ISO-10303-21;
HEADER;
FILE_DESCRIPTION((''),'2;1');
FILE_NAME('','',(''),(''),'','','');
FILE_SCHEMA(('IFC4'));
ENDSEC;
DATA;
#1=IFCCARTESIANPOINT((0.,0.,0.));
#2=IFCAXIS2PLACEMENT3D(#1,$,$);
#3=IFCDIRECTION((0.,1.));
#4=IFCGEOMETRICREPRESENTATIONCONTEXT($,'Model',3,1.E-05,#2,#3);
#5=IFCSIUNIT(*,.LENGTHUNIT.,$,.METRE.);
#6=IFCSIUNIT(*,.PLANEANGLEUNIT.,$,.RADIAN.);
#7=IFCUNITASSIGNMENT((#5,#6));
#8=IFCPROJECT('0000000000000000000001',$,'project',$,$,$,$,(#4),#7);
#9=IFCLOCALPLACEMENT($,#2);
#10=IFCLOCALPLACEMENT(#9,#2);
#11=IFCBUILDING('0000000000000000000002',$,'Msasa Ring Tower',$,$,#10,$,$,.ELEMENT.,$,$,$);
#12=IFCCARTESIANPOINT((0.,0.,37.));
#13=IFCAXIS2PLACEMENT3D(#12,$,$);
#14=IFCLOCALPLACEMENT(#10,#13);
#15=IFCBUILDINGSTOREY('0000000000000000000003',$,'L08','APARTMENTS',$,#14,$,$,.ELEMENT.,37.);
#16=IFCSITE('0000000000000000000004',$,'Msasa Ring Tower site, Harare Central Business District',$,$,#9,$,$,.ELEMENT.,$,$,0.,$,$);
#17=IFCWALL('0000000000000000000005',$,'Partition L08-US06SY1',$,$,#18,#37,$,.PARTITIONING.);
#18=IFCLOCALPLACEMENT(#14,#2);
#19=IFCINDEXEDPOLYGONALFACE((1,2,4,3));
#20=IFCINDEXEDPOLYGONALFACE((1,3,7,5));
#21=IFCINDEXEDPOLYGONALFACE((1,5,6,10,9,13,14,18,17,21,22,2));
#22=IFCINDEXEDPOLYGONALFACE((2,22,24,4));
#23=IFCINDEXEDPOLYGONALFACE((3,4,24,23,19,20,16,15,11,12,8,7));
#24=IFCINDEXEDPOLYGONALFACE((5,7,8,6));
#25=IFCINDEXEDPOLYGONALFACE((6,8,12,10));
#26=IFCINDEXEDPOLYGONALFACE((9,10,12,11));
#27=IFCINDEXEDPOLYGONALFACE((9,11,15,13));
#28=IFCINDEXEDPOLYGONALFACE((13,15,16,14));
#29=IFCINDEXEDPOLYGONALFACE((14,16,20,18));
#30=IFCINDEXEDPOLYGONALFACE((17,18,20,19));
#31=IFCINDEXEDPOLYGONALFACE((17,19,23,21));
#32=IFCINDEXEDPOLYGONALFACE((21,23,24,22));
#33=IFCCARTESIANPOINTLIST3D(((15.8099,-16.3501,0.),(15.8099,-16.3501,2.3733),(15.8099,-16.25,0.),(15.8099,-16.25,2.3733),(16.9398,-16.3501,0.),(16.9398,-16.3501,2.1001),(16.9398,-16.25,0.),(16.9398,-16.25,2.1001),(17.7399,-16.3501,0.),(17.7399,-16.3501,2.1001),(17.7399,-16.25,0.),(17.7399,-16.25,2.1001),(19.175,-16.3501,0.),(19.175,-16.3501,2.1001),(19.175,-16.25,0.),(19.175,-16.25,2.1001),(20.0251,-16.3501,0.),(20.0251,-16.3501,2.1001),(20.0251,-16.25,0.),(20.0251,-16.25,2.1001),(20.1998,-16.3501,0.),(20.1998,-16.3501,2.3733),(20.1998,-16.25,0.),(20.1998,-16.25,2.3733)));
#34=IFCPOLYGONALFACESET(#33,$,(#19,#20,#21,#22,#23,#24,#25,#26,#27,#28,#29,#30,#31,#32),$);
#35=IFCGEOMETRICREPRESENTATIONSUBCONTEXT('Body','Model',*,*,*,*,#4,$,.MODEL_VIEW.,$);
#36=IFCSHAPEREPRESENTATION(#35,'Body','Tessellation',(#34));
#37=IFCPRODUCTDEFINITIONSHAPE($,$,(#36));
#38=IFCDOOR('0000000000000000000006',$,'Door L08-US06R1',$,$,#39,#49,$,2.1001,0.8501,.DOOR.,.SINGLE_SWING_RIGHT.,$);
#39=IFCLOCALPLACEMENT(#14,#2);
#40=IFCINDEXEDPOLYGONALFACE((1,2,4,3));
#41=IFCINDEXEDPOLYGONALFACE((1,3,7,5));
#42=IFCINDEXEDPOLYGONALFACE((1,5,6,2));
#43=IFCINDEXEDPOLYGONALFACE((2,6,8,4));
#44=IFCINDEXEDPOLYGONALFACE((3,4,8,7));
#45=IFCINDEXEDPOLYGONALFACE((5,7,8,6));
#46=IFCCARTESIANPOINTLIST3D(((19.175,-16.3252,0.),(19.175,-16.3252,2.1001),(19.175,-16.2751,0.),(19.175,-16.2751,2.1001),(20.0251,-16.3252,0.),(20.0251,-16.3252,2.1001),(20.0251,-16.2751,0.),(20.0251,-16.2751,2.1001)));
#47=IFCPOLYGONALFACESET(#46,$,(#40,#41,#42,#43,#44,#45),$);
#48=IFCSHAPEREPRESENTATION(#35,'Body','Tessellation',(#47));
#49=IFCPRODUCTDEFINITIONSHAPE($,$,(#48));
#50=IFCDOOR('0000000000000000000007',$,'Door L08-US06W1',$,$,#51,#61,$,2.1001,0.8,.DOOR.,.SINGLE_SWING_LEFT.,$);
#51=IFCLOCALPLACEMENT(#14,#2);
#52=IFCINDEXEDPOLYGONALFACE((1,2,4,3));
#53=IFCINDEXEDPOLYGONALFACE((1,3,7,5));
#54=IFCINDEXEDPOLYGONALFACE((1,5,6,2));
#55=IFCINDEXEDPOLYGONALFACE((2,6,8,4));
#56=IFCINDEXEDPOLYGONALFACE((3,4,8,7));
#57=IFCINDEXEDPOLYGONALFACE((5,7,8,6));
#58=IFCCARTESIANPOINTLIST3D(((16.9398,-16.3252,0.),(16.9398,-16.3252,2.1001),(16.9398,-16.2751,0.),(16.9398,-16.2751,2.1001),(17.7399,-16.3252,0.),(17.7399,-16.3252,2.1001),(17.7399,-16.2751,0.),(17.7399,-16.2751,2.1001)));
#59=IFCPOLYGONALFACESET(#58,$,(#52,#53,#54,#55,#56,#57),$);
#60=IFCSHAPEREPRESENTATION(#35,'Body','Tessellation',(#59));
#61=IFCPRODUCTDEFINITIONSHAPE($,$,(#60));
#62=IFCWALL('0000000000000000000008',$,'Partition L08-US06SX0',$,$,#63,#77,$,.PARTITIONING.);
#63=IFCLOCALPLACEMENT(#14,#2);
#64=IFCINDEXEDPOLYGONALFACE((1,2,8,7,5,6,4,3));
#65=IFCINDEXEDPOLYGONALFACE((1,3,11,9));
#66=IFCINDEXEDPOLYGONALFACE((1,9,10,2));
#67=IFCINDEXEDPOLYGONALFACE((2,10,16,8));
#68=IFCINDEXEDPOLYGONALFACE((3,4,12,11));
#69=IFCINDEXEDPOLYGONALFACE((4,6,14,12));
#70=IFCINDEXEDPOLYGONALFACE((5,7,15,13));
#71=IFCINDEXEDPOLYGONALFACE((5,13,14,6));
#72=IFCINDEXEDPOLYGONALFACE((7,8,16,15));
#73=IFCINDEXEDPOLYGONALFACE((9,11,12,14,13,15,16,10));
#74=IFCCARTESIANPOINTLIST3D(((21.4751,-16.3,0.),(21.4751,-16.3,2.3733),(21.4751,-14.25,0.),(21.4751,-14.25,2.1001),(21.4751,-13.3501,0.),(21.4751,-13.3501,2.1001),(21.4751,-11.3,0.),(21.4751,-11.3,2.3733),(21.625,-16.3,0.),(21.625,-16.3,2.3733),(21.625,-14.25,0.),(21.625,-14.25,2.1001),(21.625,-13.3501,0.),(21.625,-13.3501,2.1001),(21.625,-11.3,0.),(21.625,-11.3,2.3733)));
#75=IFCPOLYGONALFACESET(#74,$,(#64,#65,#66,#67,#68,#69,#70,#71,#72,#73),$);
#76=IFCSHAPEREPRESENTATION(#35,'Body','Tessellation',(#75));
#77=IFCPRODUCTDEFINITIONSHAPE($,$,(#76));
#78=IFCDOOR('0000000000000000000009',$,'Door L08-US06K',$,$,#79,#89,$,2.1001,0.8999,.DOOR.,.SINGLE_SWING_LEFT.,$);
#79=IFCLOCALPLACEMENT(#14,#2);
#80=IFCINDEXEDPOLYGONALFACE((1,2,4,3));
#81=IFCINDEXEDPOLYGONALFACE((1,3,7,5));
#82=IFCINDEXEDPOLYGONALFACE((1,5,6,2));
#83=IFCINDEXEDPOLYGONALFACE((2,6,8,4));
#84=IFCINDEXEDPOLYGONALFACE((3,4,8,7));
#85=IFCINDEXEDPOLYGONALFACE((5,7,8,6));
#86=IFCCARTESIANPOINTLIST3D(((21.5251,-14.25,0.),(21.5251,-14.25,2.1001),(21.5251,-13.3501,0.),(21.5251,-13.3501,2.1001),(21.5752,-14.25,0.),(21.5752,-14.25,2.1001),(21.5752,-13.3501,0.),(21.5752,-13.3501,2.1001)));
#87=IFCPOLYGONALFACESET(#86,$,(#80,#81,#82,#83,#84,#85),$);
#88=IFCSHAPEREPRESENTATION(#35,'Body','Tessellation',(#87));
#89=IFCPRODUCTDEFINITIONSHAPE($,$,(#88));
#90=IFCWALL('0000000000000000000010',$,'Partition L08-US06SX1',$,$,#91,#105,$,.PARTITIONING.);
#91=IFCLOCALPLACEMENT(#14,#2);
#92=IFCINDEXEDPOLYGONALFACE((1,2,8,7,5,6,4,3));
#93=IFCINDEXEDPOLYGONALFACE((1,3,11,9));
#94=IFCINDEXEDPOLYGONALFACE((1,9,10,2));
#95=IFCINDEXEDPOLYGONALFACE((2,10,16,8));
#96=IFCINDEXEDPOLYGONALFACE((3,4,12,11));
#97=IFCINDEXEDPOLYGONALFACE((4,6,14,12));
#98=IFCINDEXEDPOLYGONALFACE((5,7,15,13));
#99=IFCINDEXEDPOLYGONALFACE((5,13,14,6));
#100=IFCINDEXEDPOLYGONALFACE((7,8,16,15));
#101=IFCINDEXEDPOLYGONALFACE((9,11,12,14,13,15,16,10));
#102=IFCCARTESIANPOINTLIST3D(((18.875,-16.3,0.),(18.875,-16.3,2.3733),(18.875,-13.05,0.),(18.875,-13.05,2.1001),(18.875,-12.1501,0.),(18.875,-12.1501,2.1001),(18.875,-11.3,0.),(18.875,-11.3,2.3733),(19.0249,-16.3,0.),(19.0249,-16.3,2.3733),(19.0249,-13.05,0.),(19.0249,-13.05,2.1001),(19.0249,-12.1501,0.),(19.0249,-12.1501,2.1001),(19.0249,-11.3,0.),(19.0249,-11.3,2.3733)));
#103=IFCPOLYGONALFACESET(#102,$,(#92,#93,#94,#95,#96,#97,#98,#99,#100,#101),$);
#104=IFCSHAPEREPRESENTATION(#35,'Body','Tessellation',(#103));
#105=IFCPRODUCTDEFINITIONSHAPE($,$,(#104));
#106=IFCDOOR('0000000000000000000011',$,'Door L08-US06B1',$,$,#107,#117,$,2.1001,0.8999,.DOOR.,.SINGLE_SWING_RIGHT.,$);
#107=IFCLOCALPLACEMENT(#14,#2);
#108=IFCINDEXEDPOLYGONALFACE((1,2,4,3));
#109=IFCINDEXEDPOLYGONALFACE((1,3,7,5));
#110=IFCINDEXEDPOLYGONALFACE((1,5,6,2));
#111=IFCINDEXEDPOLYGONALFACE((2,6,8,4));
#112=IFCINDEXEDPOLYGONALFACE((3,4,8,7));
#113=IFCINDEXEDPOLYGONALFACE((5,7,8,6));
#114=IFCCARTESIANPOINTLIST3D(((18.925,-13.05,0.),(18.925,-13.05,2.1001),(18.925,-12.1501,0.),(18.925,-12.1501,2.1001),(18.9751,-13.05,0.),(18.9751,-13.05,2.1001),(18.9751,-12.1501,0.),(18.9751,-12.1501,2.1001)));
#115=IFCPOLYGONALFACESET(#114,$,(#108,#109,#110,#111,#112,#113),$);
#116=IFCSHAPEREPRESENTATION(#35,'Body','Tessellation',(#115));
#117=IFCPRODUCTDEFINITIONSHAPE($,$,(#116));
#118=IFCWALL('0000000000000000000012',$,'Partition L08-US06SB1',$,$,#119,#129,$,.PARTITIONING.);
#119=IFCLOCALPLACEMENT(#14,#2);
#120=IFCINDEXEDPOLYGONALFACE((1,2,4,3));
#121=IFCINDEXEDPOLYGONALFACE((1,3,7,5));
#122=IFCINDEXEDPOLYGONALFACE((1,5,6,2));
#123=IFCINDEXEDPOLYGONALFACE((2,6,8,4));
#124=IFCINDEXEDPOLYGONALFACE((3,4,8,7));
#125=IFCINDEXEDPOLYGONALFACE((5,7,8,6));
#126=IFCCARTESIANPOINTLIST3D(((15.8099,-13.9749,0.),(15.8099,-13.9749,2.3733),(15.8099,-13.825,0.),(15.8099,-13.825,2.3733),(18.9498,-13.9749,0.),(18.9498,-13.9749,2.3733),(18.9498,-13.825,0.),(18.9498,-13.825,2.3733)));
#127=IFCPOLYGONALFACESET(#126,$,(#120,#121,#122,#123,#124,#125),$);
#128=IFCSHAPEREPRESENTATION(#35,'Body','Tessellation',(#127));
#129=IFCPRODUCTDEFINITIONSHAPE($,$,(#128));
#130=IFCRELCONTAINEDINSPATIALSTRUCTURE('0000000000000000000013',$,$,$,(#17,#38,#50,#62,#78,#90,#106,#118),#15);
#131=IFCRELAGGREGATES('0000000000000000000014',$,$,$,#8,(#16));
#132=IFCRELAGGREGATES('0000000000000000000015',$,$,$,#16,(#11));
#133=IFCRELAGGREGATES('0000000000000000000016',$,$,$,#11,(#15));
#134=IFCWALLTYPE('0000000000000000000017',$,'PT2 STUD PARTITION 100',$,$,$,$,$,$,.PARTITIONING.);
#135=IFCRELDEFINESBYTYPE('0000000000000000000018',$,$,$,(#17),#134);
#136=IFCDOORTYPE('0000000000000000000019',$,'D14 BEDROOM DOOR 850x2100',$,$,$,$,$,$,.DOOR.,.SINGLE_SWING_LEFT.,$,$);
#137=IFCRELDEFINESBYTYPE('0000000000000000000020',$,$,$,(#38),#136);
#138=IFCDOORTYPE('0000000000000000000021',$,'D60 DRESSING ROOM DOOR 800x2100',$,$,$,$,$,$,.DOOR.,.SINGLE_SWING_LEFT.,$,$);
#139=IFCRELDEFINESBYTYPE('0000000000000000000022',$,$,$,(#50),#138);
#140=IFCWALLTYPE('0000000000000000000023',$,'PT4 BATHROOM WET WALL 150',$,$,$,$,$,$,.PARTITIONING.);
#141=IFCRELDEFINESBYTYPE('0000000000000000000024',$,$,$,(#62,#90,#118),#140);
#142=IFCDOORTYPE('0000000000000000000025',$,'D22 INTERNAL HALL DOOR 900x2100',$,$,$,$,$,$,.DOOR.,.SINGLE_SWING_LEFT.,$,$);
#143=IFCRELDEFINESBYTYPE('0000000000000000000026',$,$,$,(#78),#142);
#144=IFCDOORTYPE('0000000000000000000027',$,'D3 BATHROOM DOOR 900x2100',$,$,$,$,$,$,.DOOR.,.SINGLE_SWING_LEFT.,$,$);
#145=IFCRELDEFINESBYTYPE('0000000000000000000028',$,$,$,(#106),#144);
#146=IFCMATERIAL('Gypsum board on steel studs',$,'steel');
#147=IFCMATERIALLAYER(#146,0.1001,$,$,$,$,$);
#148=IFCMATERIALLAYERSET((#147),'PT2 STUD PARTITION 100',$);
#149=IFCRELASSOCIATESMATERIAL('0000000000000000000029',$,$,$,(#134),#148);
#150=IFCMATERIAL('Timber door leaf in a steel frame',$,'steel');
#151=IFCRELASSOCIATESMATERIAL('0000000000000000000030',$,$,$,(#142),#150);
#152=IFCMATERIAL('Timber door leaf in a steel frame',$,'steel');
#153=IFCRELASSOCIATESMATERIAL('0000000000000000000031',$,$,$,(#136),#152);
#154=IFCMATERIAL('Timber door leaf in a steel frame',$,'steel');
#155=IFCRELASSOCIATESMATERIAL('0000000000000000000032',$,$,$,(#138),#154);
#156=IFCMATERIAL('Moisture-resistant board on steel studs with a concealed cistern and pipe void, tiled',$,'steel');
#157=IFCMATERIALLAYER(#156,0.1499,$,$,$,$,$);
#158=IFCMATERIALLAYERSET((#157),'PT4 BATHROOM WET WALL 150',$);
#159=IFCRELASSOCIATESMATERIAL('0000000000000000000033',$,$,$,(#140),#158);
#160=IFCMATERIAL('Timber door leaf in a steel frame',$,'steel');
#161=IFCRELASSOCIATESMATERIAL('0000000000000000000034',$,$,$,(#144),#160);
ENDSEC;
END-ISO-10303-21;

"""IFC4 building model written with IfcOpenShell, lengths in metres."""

from ifc_helpers import new_model, si_unit, direction, frame, frame_2d, origin, place, context, subcontext, project, spatial, rectangle, extrude, material, layer, layer_set, type_object, element, fill, save


model = new_model("IFC4")

# Units and contexts
model_context = context("Model", 3, precision=1e-05, world=origin(), true_north=direction((0.0, 1.0)))
body_context = subcontext(model_context, "Body", "Model", "MODEL_VIEW")
ifc_project = project(units=[si_unit("LENGTHUNIT", "METRE"), si_unit("PLANEANGLEUNIT", "RADIAN")], contexts=[model_context])

# Site, building, storey
site_placement = place(None, origin())
site = spatial("IfcSite", under=ifc_project, at=site_placement, Name="Msasa Ring Tower site, Harare Central Business District", CompositionType="ELEMENT", RefElevation=0.0)
building_placement = place(site_placement, origin())
building = spatial("IfcBuilding", under=site, at=building_placement, Name="Msasa Ring Tower", CompositionType="ELEMENT")
storey_placement = place(building_placement, frame((0.0, 0.0, 37.0)))
storey = spatial("IfcBuildingStorey", under=building, at=storey_placement, Name="L08", Description="APARTMENTS", CompositionType="ELEMENT", Elevation=37.0)

# Shared definitions
ifc_material_1 = material(Name="Gypsum board on steel studs", Category="steel")
ifc_layer_1 = layer(ifc_material_1, 0.1001)
ifc_layer_set_1 = layer_set([ifc_layer_1], Name="PT2 STUD PARTITION 100")
wall_type_1 = type_object("IfcWallType", Name="PT2 STUD PARTITION 100", PredefinedType="PARTITIONING", material=ifc_layer_set_1)

# Shared definitions
ifc_material_2 = material(Name="Timber door leaf in a steel frame", Category="steel")
door_type_1 = type_object("IfcDoorType", Name="D22 INTERNAL HALL DOOR 900x2100", OperationType="SINGLE_SWING_LEFT", PredefinedType="DOOR", material=ifc_material_2)

# Wall, openings, doors
wall_1_placement = place(storey_placement, frame((15.8101, -16.3, 0.0), z_axis=(0.0, 0.0, 1.0), x_axis=(1.0, 0.0, 0.0)))
wall_1 = element("IfcWall", 1, at=wall_1_placement, inside=storey, type_object=wall_type_1, Name="Partition L08-US06SY1", PredefinedType="PARTITIONING", context=body_context, shape_type="SweptSolid", body=[
    extrude(rectangle(XDim=4.3899, YDim=0.1001, at=frame_2d((2.1948, 0.0))), origin(), (0.0, 0.0, 1.0), 2.3733),
])
opening_1_placement = place(wall_1_placement, frame((3.365, 0.0, 0.0)))
opening_1 = element("IfcOpeningElement", 2, at=opening_1_placement, cuts=wall_1, PredefinedType="OPENING", context=body_context, shape_type="SweptSolid", body=[
    extrude(rectangle(XDim=0.8501, YDim=2.1001, at=frame_2d((0.425, 1.05))), frame((0.0, 0.0601, 0.0), z_axis=(0.0, -1.0, 0.0), x_axis=(1.0, 0.0, 0.0)), (0.0, 0.0, 1.0), 0.1201),
])
opening_2_placement = place(wall_1_placement, frame((1.1299, 0.0, 0.0)))
opening_2 = element("IfcOpeningElement", 3, at=opening_2_placement, cuts=wall_1, PredefinedType="OPENING", context=body_context, shape_type="SweptSolid", body=[
    extrude(rectangle(XDim=0.8, YDim=2.1001, at=frame_2d((0.3999, 1.05))), frame((0.0, 0.0601, 0.0), z_axis=(0.0, -1.0, 0.0), x_axis=(1.0, 0.0, 0.0)), (0.0, 0.0, 1.0), 0.1201),
])
ifc_material_3 = material(Name="Timber door leaf in a steel frame", Category="steel")
door_type_2 = type_object("IfcDoorType", Name="D14 BEDROOM DOOR 850x2100", OperationType="SINGLE_SWING_LEFT", PredefinedType="DOOR", material=ifc_material_3)
door_1_placement = place(opening_1_placement, origin())
door_1 = element("IfcDoor", 4, at=door_1_placement, inside=storey, type_object=door_type_2, Name="Door L08-US06R1", OperationType="SINGLE_SWING_RIGHT", OverallHeight=2.1001, OverallWidth=0.8501, PredefinedType="DOOR", context=body_context, shape_type="SweptSolid", body=[
    extrude(rectangle(XDim=0.8501, YDim=2.1001, at=frame_2d((0.425, 1.05))), frame((0.0, 0.0249, 0.0), z_axis=(0.0, -1.0, 0.0), x_axis=(1.0, 0.0, 0.0)), (0.0, 0.0, 1.0), 0.05),
])
fill(opening_1, door_1)
ifc_material_4 = material(Name="Timber door leaf in a steel frame", Category="steel")
door_type_3 = type_object("IfcDoorType", Name="D60 DRESSING ROOM DOOR 800x2100", OperationType="SINGLE_SWING_LEFT", PredefinedType="DOOR", material=ifc_material_4)
door_2_placement = place(opening_2_placement, origin())
door_2 = element("IfcDoor", 5, at=door_2_placement, inside=storey, type_object=door_type_3, Name="Door L08-US06W1", OperationType="SINGLE_SWING_LEFT", OverallHeight=2.1001, OverallWidth=0.8, PredefinedType="DOOR", context=body_context, shape_type="SweptSolid", body=[
    extrude(rectangle(XDim=0.8, YDim=2.1001, at=frame_2d((0.3999, 1.05))), frame((0.0, 0.0249, 0.0), z_axis=(0.0, -1.0, 0.0), x_axis=(1.0, 0.0, 0.0)), (0.0, 0.0, 1.0), 0.05),
])
fill(opening_2, door_2)

# Walls, openings, doors
ifc_material_5 = material(Name="Moisture-resistant board on steel studs with a concealed cistern and pipe void, tiled", Category="steel")
ifc_layer_2 = layer(ifc_material_5, 0.1499)
ifc_layer_set_2 = layer_set([ifc_layer_2], Name="PT4 BATHROOM WET WALL 150")
wall_type_2 = type_object("IfcWallType", Name="PT4 BATHROOM WET WALL 150", PredefinedType="PARTITIONING", material=ifc_layer_set_2)
wall_2_placement = place(storey_placement, frame((21.55, -16.3, 0.0), z_axis=(0.0, 0.0, 1.0), x_axis=(0.0, 1.0, 0.0)))
wall_2 = element("IfcWall", 6, at=wall_2_placement, inside=storey, type_object=wall_type_2, Name="Partition L08-US06SX0", PredefinedType="PARTITIONING", context=body_context, shape_type="SweptSolid", body=[
    extrude(rectangle(XDim=5.0, YDim=0.1499, at=frame_2d((2.5, 0.0))), origin(), (0.0, 0.0, 1.0), 2.3733),
])
opening_3_placement = place(wall_2_placement, frame((2.05, 0.0, 0.0)))
opening_3 = element("IfcOpeningElement", 7, at=opening_3_placement, cuts=wall_2, PredefinedType="OPENING", context=body_context, shape_type="SweptSolid", body=[
    extrude(rectangle(XDim=0.8999, YDim=2.1001, at=frame_2d((0.45, 1.05))), frame((0.0, 0.085, 0.0), z_axis=(0.0, -1.0, 0.0), x_axis=(1.0, 0.0, 0.0)), (0.0, 0.0, 1.0), 0.1699),
])
door_3_placement = place(opening_3_placement, origin())
door_3 = element("IfcDoor", 8, at=door_3_placement, inside=storey, type_object=door_type_1, Name="Door L08-US06K", OperationType="SINGLE_SWING_LEFT", OverallHeight=2.1001, OverallWidth=0.8999, PredefinedType="DOOR", context=body_context, shape_type="SweptSolid", body=[
    extrude(rectangle(XDim=0.8999, YDim=2.1001, at=frame_2d((0.45, 1.05))), frame((0.0, 0.0249, 0.0), z_axis=(0.0, -1.0, 0.0), x_axis=(1.0, 0.0, 0.0)), (0.0, 0.0, 1.0), 0.05),
])
fill(opening_3, door_3)
wall_3_placement = place(storey_placement, frame((18.95, -16.3, 0.0), z_axis=(0.0, 0.0, 1.0), x_axis=(0.0, 1.0, 0.0)))
wall_3 = element("IfcWall", 9, at=wall_3_placement, inside=storey, type_object=wall_type_2, Name="Partition L08-US06SX1", PredefinedType="PARTITIONING", context=body_context, shape_type="SweptSolid", body=[
    extrude(rectangle(XDim=5.0, YDim=0.1499, at=frame_2d((2.5, 0.0))), origin(), (0.0, 0.0, 1.0), 2.3733),
])
opening_4_placement = place(wall_3_placement, frame((3.25, 0.0, 0.0)))
opening_4 = element("IfcOpeningElement", 10, at=opening_4_placement, cuts=wall_3, PredefinedType="OPENING", context=body_context, shape_type="SweptSolid", body=[
    extrude(rectangle(XDim=0.8999, YDim=2.1001, at=frame_2d((0.45, 1.05))), frame((0.0, 0.085, 0.0), z_axis=(0.0, -1.0, 0.0), x_axis=(1.0, 0.0, 0.0)), (0.0, 0.0, 1.0), 0.1699),
])
ifc_material_6 = material(Name="Timber door leaf in a steel frame", Category="steel")
door_type_4 = type_object("IfcDoorType", Name="D3 BATHROOM DOOR 900x2100", OperationType="SINGLE_SWING_LEFT", PredefinedType="DOOR", material=ifc_material_6)
door_4_placement = place(opening_4_placement, origin())
door_4 = element("IfcDoor", 11, at=door_4_placement, inside=storey, type_object=door_type_4, Name="Door L08-US06B1", OperationType="SINGLE_SWING_RIGHT", OverallHeight=2.1001, OverallWidth=0.8999, PredefinedType="DOOR", context=body_context, shape_type="SweptSolid", body=[
    extrude(rectangle(XDim=0.8999, YDim=2.1001, at=frame_2d((0.45, 1.05))), frame((0.0, 0.0249, 0.0), z_axis=(0.0, -1.0, 0.0), x_axis=(1.0, 0.0, 0.0)), (0.0, 0.0, 1.0), 0.05),
])
fill(opening_4, door_4)

# Wall
wall_4_placement = place(storey_placement, frame((15.8101, -13.8999, 0.0), z_axis=(0.0, 0.0, 1.0), x_axis=(1.0, 0.0, 0.0)))
element("IfcWall", 12, at=wall_4_placement, inside=storey, type_object=wall_type_2, Name="Partition L08-US06SB1", PredefinedType="PARTITIONING", context=body_context, shape_type="SweptSolid", body=[
    extrude(rectangle(XDim=3.1399, YDim=0.1499, at=frame_2d((1.5698, 0.0))), origin(), (0.0, 0.0, 1.0), 2.3733),
])

save(model, "model.ifc")
